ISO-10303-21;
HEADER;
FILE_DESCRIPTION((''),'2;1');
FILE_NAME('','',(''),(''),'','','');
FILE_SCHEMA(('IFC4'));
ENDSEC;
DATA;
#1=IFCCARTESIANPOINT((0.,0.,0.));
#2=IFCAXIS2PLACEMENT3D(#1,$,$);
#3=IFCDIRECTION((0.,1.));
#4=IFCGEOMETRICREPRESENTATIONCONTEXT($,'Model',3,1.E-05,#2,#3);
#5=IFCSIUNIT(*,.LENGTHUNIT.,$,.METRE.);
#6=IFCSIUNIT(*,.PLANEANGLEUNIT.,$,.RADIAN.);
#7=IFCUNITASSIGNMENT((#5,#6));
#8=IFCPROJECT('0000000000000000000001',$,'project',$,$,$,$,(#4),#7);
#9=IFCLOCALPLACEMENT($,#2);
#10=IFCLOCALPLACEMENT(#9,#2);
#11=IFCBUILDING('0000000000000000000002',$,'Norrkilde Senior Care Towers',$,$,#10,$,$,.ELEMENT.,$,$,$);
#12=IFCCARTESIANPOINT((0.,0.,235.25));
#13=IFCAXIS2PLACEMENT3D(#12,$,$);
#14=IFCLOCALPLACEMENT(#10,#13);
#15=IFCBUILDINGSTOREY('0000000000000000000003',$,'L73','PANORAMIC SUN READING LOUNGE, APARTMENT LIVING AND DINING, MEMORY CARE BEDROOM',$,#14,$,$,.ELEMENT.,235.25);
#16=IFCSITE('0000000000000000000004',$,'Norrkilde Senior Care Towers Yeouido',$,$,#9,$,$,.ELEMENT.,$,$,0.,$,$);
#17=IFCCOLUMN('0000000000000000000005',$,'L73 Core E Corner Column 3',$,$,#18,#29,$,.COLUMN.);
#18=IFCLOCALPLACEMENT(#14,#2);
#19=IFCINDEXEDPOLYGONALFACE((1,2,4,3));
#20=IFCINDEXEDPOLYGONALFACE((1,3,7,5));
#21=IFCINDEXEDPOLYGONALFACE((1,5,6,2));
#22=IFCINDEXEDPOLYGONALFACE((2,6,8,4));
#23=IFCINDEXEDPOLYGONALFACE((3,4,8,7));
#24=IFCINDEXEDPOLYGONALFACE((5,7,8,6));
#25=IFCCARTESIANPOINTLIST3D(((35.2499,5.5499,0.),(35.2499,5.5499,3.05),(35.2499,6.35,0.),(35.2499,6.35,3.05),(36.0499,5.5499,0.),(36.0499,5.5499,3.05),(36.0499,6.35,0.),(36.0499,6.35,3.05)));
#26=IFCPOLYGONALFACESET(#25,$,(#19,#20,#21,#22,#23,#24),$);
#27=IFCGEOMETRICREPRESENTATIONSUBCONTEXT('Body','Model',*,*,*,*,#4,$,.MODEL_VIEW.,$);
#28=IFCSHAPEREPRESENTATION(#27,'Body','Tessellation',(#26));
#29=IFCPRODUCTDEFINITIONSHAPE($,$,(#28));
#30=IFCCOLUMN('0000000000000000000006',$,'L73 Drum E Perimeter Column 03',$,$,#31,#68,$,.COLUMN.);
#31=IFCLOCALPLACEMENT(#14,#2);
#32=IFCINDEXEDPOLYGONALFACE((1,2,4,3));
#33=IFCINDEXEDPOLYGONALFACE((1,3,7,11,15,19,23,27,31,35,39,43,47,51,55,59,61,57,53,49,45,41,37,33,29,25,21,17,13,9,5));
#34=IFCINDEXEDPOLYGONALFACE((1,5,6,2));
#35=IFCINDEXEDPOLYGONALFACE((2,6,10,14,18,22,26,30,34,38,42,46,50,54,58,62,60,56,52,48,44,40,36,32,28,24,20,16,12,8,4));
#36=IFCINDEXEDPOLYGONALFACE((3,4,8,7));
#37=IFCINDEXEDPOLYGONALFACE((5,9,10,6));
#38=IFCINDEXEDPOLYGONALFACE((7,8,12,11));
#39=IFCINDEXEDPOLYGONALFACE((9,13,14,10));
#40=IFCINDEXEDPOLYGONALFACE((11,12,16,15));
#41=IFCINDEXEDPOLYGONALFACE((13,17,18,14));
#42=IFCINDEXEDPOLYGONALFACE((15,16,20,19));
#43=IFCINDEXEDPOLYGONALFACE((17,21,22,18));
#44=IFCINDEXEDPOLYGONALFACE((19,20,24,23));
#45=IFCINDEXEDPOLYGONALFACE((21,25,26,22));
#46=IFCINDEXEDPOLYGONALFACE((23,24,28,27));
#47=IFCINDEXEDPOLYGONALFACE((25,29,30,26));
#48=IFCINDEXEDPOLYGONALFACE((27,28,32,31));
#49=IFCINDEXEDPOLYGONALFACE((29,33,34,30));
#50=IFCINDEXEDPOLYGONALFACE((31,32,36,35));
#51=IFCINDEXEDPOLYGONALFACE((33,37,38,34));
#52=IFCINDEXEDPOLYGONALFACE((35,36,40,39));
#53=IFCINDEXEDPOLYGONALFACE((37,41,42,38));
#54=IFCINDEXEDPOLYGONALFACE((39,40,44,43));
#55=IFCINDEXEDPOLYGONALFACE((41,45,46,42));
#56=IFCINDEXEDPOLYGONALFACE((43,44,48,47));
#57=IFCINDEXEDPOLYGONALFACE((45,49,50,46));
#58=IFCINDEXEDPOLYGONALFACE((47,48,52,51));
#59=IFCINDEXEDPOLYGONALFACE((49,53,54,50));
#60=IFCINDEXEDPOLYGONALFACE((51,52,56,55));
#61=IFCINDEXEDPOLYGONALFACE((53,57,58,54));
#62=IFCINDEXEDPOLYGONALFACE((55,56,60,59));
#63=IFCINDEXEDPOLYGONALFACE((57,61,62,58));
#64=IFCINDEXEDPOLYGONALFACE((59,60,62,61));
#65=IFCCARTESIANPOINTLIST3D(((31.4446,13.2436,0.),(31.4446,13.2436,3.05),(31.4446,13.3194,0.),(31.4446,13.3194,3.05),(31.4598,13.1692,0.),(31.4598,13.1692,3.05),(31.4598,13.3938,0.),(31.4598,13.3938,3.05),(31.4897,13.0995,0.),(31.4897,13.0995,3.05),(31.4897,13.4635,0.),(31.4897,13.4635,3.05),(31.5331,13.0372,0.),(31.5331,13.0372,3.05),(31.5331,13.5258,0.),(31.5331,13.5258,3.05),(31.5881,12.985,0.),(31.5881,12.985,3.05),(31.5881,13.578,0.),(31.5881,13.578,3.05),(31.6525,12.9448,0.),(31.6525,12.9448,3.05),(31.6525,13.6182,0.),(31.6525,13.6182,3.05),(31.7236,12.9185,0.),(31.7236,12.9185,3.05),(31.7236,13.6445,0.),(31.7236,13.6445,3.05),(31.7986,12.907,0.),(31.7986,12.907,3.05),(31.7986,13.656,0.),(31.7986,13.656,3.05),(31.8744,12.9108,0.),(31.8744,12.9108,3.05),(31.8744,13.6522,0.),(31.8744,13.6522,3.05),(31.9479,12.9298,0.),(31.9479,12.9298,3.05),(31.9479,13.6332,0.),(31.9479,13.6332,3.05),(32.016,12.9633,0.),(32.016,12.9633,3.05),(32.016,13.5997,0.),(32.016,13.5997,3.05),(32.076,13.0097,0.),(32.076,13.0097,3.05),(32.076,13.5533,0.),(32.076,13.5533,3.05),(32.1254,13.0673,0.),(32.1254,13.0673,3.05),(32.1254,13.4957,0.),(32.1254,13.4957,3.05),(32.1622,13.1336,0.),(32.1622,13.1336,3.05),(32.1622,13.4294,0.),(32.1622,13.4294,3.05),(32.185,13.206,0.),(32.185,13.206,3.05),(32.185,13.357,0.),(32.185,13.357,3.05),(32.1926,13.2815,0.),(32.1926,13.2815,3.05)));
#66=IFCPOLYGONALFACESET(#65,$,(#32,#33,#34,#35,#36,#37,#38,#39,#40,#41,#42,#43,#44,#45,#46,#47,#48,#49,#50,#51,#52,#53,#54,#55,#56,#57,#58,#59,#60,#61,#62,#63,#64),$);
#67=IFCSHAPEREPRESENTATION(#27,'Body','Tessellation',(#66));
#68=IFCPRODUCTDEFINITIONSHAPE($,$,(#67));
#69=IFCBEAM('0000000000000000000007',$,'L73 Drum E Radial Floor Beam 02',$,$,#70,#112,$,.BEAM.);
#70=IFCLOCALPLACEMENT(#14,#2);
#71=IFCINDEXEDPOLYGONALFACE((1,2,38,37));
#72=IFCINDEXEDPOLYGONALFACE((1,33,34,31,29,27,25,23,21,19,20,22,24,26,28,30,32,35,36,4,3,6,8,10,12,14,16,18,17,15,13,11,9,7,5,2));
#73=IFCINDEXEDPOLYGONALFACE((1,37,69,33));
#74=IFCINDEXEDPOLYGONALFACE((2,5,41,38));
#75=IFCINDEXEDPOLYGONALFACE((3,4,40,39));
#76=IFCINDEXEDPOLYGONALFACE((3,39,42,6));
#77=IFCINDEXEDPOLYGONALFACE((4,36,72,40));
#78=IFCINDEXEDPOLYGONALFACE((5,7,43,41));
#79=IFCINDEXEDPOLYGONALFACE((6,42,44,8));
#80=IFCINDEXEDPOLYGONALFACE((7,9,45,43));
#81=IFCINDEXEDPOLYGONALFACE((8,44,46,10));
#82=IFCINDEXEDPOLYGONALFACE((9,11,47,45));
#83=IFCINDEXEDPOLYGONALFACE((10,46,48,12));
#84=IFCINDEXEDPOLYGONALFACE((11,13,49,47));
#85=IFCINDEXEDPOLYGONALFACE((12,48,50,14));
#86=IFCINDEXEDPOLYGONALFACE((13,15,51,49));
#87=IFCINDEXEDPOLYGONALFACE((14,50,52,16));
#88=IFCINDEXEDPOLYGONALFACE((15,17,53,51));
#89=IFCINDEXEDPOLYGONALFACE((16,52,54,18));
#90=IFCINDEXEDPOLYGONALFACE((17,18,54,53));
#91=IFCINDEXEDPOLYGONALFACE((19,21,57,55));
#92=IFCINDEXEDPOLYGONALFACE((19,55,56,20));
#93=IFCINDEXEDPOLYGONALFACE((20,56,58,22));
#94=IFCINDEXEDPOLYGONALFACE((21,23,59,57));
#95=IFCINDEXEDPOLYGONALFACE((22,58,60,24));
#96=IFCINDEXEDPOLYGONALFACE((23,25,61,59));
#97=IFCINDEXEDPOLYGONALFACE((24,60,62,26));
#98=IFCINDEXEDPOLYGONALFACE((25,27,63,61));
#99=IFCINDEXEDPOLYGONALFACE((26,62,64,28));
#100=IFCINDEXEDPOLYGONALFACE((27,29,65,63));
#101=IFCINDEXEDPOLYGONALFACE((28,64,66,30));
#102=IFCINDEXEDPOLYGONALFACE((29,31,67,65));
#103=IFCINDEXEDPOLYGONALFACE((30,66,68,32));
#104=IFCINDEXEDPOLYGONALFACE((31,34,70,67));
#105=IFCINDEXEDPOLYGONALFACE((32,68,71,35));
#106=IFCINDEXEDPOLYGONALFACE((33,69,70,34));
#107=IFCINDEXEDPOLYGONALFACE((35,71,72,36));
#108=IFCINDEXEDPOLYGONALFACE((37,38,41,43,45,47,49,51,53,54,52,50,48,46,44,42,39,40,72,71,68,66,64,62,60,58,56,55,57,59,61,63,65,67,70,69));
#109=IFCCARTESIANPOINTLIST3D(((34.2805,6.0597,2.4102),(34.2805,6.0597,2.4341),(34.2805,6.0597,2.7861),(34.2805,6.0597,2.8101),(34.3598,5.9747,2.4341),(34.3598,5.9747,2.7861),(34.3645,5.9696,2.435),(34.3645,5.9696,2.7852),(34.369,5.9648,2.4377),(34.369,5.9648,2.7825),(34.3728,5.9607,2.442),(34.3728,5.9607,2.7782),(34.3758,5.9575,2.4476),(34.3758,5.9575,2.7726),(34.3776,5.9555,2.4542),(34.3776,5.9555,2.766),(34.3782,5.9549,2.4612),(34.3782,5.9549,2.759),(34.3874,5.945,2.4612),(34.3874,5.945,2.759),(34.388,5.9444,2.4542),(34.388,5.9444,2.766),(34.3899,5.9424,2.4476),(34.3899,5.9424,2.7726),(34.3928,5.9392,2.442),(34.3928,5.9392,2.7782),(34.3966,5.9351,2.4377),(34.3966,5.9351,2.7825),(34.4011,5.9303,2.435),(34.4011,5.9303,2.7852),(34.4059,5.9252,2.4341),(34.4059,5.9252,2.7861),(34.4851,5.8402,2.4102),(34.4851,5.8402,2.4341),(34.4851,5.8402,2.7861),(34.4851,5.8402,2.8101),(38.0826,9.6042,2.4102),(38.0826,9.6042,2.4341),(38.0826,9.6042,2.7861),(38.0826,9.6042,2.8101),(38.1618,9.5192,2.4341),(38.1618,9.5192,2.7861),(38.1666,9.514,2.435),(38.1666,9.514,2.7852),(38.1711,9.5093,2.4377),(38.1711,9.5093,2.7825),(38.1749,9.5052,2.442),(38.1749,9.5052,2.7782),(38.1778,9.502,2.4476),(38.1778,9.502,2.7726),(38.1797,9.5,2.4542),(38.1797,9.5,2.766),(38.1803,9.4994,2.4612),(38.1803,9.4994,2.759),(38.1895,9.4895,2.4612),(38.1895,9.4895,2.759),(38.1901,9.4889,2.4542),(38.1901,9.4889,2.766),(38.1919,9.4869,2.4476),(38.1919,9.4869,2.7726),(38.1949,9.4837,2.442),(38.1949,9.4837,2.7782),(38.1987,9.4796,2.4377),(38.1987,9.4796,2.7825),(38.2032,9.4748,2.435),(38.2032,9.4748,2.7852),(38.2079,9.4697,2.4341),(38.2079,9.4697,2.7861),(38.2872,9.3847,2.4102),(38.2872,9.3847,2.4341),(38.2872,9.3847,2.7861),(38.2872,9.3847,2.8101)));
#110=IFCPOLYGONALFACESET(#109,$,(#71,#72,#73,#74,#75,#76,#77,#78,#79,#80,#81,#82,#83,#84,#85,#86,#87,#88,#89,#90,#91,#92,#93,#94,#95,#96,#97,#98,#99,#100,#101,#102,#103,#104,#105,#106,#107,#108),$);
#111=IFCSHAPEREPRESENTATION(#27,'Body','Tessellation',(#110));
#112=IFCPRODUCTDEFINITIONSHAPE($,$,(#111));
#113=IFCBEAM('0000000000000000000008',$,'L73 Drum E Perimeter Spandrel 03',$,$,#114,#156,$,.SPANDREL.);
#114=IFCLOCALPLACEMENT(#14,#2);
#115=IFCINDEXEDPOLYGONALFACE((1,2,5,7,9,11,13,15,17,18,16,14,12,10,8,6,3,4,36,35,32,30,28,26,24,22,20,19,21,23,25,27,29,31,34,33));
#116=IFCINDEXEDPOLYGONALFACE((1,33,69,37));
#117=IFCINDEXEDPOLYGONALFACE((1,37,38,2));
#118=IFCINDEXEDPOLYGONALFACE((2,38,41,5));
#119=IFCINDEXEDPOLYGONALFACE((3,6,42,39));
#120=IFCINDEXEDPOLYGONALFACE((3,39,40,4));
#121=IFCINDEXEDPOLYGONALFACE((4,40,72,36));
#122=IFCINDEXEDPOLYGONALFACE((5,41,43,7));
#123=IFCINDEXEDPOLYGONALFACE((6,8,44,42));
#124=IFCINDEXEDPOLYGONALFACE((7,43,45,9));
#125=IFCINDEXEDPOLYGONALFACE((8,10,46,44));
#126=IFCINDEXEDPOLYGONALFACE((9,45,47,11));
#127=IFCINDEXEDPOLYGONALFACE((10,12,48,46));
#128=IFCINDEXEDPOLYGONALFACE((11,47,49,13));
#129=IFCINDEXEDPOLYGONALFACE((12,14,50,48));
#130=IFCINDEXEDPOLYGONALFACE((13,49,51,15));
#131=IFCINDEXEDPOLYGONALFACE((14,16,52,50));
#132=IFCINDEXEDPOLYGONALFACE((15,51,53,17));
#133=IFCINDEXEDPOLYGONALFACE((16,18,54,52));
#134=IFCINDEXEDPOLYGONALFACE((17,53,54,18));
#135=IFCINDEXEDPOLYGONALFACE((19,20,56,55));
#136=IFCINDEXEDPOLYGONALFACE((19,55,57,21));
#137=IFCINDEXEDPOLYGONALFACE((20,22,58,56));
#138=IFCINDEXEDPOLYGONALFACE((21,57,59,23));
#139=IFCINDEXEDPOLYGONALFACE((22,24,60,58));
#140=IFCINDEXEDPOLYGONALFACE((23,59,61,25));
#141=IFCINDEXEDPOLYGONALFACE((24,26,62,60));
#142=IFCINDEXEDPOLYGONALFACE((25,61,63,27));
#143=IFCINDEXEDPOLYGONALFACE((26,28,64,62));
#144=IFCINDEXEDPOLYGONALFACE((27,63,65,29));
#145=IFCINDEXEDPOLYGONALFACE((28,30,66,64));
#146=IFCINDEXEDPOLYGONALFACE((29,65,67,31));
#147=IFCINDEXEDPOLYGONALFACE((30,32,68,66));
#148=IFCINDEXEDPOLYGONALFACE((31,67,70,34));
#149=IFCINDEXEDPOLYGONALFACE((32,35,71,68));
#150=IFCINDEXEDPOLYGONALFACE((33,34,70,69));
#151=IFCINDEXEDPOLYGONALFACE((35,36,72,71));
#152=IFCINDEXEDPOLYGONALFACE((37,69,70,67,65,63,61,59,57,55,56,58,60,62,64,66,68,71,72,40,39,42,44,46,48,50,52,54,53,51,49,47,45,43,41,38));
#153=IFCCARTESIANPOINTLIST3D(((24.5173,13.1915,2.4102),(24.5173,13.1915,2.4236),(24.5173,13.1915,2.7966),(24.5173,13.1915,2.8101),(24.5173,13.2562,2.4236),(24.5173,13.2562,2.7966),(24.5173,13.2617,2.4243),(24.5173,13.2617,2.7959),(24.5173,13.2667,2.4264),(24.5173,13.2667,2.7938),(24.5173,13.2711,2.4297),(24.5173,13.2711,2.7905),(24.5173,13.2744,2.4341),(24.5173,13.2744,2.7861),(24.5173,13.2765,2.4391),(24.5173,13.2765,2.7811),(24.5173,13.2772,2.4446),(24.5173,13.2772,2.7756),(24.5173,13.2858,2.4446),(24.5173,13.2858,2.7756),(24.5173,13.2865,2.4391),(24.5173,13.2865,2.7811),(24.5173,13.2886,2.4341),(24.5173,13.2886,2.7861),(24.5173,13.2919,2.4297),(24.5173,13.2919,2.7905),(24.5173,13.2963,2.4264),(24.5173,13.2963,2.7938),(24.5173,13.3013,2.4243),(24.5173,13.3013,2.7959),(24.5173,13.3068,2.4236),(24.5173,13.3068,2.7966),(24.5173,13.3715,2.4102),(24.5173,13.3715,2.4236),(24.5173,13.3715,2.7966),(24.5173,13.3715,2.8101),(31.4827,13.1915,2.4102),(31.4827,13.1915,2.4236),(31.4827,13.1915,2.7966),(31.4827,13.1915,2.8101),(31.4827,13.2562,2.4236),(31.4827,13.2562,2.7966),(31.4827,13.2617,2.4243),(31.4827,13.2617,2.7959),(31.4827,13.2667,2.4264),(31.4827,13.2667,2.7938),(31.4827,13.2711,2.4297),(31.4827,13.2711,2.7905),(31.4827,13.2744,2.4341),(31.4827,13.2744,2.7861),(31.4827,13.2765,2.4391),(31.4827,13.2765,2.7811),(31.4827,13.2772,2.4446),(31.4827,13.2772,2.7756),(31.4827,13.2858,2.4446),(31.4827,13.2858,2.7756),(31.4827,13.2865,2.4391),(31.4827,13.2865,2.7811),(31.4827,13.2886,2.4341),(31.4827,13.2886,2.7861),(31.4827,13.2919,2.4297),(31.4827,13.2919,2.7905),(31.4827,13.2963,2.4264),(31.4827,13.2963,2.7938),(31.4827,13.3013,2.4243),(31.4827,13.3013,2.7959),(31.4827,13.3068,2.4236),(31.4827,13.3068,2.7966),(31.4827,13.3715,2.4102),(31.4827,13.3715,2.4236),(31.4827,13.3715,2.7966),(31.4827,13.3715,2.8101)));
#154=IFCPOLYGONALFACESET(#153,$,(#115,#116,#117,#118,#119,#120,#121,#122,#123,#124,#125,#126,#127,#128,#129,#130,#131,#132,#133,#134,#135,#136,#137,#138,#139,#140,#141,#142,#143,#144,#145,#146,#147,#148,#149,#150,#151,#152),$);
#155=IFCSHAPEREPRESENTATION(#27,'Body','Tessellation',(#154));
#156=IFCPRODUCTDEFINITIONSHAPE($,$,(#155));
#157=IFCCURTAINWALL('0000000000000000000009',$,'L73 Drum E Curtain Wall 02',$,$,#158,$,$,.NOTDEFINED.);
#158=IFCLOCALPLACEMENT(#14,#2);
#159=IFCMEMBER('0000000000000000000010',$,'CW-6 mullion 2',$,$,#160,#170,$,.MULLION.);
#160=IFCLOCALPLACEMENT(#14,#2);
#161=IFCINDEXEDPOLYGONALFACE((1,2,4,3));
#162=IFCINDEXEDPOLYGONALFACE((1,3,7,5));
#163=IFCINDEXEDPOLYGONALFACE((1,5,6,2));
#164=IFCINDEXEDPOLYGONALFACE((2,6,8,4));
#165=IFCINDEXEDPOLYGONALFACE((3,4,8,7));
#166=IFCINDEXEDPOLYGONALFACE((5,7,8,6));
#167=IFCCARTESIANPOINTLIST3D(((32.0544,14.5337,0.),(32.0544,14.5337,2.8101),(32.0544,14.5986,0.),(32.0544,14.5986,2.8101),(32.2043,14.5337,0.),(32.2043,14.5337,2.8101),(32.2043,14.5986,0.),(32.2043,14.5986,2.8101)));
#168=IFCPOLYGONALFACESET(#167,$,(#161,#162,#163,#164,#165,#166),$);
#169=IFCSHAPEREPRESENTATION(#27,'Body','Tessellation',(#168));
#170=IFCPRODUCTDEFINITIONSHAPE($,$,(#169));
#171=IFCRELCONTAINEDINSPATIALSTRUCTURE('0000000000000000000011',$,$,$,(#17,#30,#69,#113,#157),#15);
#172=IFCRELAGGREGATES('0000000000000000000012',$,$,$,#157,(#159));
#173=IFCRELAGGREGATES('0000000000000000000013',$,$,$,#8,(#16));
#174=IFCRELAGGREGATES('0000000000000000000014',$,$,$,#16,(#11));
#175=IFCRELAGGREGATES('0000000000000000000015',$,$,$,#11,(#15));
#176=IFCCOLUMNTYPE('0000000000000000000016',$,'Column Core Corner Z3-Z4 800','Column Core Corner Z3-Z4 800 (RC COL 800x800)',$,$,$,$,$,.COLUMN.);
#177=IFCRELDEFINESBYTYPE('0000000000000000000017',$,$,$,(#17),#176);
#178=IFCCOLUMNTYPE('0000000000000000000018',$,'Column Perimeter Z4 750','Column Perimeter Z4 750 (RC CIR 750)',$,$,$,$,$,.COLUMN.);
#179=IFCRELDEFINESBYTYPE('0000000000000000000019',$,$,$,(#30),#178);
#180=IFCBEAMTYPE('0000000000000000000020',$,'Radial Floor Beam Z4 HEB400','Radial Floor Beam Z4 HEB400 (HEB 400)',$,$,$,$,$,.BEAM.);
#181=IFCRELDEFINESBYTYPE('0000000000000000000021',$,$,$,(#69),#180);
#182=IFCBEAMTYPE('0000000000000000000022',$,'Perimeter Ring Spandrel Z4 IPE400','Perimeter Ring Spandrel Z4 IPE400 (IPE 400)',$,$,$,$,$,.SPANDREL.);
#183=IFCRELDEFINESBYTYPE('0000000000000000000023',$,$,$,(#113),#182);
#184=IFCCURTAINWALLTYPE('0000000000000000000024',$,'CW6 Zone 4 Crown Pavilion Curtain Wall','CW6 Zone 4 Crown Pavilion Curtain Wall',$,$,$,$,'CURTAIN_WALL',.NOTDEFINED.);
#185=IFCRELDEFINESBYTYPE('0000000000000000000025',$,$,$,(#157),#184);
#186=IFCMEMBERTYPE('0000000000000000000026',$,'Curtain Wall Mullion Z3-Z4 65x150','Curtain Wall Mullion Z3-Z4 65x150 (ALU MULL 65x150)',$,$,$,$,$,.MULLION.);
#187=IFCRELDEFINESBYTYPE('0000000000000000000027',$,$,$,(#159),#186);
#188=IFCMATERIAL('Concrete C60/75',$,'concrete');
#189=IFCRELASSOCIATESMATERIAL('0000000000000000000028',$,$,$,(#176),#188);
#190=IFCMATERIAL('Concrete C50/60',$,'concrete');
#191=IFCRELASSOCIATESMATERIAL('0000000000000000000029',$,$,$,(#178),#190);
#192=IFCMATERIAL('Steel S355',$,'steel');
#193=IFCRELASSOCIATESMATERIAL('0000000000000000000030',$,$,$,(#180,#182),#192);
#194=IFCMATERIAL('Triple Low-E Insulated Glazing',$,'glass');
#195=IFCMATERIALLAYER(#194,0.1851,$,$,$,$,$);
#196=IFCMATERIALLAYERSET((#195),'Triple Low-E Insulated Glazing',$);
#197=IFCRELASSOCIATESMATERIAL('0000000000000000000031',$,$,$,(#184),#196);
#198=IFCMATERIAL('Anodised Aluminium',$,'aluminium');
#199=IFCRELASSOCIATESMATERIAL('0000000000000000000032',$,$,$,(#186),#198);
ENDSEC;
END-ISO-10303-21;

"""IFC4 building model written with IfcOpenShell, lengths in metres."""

from ifc_helpers import new_model, si_unit, direction, frame, origin, origin_2d, place, context, subcontext, project, spatial, rectangle, circle, i_section, extrude, source, transform, mapped, material, layer, layer_set, material_profile, profile_set, type_object, type_shapes, element, aggregate, save


model = new_model("IFC4")

# Units and contexts
model_context = context("Model", 3, precision=1e-05, world=origin(), true_north=direction((0.0, 1.0)))
body_context = subcontext(model_context, "Body", "Model", "MODEL_VIEW")
ifc_project = project(units=[si_unit("LENGTHUNIT", "METRE"), si_unit("PLANEANGLEUNIT", "RADIAN")], contexts=[model_context])

# Site, building, storey
site_placement = place(None, origin())
site = spatial("IfcSite", under=ifc_project, at=site_placement, Name="Norrkilde Senior Care Towers Yeouido", CompositionType="ELEMENT", RefElevation=0.0)
building_placement = place(site_placement, origin())
building = spatial("IfcBuilding", under=site, at=building_placement, Name="Norrkilde Senior Care Towers", CompositionType="ELEMENT")
storey_placement = place(building_placement, frame((0.0, 0.0, 235.25)))
storey = spatial("IfcBuildingStorey", under=building, at=storey_placement, Name="L73", Description="PANORAMIC SUN READING LOUNGE, APARTMENT LIVING AND DINING, MEMORY CARE BEDROOM", CompositionType="ELEMENT", Elevation=235.25)

# Columns
ifc_material_1 = material(Name="Concrete C60/75", Category="concrete")
ifc_material_profile_1 = material_profile(ifc_material_1, rectangle(XDim=0.8, YDim=0.8, at=origin_2d()), Name="RC COL 800x800")
ifc_profile_set_1 = profile_set([ifc_material_profile_1], Name="Concrete C60/75")
column_type_1 = type_object("IfcColumnType", Name="Column Core Corner Z3-Z4 800", Description="Column Core Corner Z3-Z4 800 (RC COL 800x800)", PredefinedType="COLUMN", material=ifc_profile_set_1)
shared_shape_1 = source(origin(), body_context, "Body", "SweptSolid", [
    extrude(rectangle(XDim=0.8, YDim=0.8, at=origin_2d()), origin(), (0.0, 0.0, 1.0), 3.05),
])
type_shapes(column_type_1, [shared_shape_1])
column_1_placement = place(storey_placement, frame((35.6499, 5.95, 0.0), z_axis=(0.0, 0.0, 1.0), x_axis=(1.0, 0.0, 0.0)))
element("IfcColumn", 1, at=column_1_placement, inside=storey, type_object=column_type_1, Name="L73 Core E Corner Column 3", PredefinedType="COLUMN", context=body_context, shape_type="MappedRepresentation", body=[
    mapped(shared_shape_1, transform((0.0, 0.0, 0.0), x_axis=(1.0, 0.0, 0.0), y_axis=(0.0, 1.0, 0.0), z_axis=(0.0, 0.0, 1.0), scale=1.0)),
])
ifc_material_2 = material(Name="Concrete C50/60", Category="concrete")
ifc_material_profile_2 = material_profile(ifc_material_2, circle(Radius=0.375, at=origin_2d()), Name="RC CIR 750")
ifc_profile_set_2 = profile_set([ifc_material_profile_2], Name="Concrete C50/60")
column_type_2 = type_object("IfcColumnType", Name="Column Perimeter Z4 750", Description="Column Perimeter Z4 750 (RC CIR 750)", PredefinedType="COLUMN", material=ifc_profile_set_2)
shared_shape_2 = source(origin(), body_context, "Body", "SweptSolid", [
    extrude(circle(Radius=0.375, at=origin_2d()), origin(), (0.0, 0.0, 1.0), 3.05),
])
type_shapes(column_type_2, [shared_shape_2])
column_2_placement = place(storey_placement, frame((31.8176, 13.2815, 0.0), z_axis=(0.0, 0.0, 1.0), x_axis=(1.0, 0.0, 0.0)))
element("IfcColumn", 2, at=column_2_placement, inside=storey, type_object=column_type_2, Name="L73 Drum E Perimeter Column 03", PredefinedType="COLUMN", context=body_context, shape_type="MappedRepresentation", body=[
    mapped(shared_shape_2, transform((0.0, 0.0, 0.0), x_axis=(1.0, 0.0, 0.0), y_axis=(0.0, 1.0, 0.0), z_axis=(0.0, 0.0, 1.0), scale=1.0)),
])

# Beams
ifc_material_3 = material(Name="Steel S355", Category="steel")
ifc_material_profile_3 = material_profile(ifc_material_3, i_section(OverallWidth=0.3, OverallDepth=0.3999, WebThickness=0.0134, FlangeThickness=0.0239, FilletRadius=0.0271, at=origin_2d()), Name="HEB 400")
ifc_profile_set_3 = profile_set([ifc_material_profile_3], Name="Steel S355")
beam_type_1 = type_object("IfcBeamType", Name="Radial Floor Beam Z4 HEB400", Description="Radial Floor Beam Z4 HEB400 (HEB 400)", PredefinedType="BEAM", material=ifc_profile_set_3)
shared_shape_3 = source(origin(), body_context, "Body", "SweptSolid", [
    extrude(i_section(OverallWidth=0.3, OverallDepth=0.3999, WebThickness=0.0134, FlangeThickness=0.0239, FilletRadius=0.0271, at=origin_2d()), origin(), (0.0, 0.0, 1.0), 5.198),
])
type_shapes(beam_type_1, [shared_shape_3])
beam_1_placement = place(storey_placement, frame((34.3828, 5.95, 2.6101), z_axis=(0.731449, 0.681896, 0.0), x_axis=(-0.681896, 0.731449, 0.0)))
element("IfcBeam", 3, at=beam_1_placement, inside=storey, type_object=beam_type_1, Name="L73 Drum E Radial Floor Beam 02", PredefinedType="BEAM", context=body_context, shape_type="MappedRepresentation", body=[
    mapped(shared_shape_3, transform((0.0, 0.0, 0.0), x_axis=(1.0, 0.0, 0.0), y_axis=(0.0, 1.0, 0.0), z_axis=(0.0, 0.0, 1.0), scale=1.0)),
])
ifc_material_profile_4 = material_profile(ifc_material_3, i_section(OverallWidth=0.1799, OverallDepth=0.3999, WebThickness=0.0085, FlangeThickness=0.0134, FilletRadius=0.021, at=origin_2d()), Name="IPE 400")
ifc_profile_set_4 = profile_set([ifc_material_profile_4], Name="Steel S355")
beam_type_2 = type_object("IfcBeamType", Name="Perimeter Ring Spandrel Z4 IPE400", Description="Perimeter Ring Spandrel Z4 IPE400 (IPE 400)", PredefinedType="SPANDREL", material=ifc_profile_set_4)
shared_shape_4 = source(origin(), body_context, "Body", "SweptSolid", [
    extrude(i_section(OverallWidth=0.1799, OverallDepth=0.3999, WebThickness=0.0085, FlangeThickness=0.0134, FilletRadius=0.021, at=origin_2d()), origin(), (0.0, 0.0, 1.0), 6.9653),
])
type_shapes(beam_type_2, [shared_shape_4])
beam_2_placement = place(storey_placement, frame((31.4827, 13.2815, 2.6101), z_axis=(-1.0, 0.0, 0.0), x_axis=(0.0, -1.0, 0.0)))
element("IfcBeam", 4, at=beam_2_placement, inside=storey, type_object=beam_type_2, Name="L73 Drum E Perimeter Spandrel 03", PredefinedType="SPANDREL", context=body_context, shape_type="MappedRepresentation", body=[
    mapped(shared_shape_4, transform((0.0, 0.0, 0.0), x_axis=(1.0, 0.0, 0.0), y_axis=(0.0, 1.0, 0.0), z_axis=(0.0, 0.0, 1.0), scale=1.0)),
])

# Curtain wall, member
ifc_material_4 = material(Name="Triple Low-E Insulated Glazing", Category="glass")
ifc_layer_1 = layer(ifc_material_4, 0.1851)
ifc_layer_set_1 = layer_set([ifc_layer_1], Name="Triple Low-E Insulated Glazing")
curtain_wall_type = type_object("IfcCurtainWallType", Name="CW6 Zone 4 Crown Pavilion Curtain Wall", Description="CW6 Zone 4 Crown Pavilion Curtain Wall", ElementType="CURTAIN_WALL", PredefinedType="NOTDEFINED", material=ifc_layer_set_1)
curtain_wall_placement = place(storey_placement, origin())
curtain_wall = element("IfcCurtainWall", 5, at=curtain_wall_placement, inside=storey, type_object=curtain_wall_type, Name="L73 Drum E Curtain Wall 02", PredefinedType="NOTDEFINED")
ifc_material_5 = material(Name="Anodised Aluminium", Category="aluminium")
ifc_material_profile_5 = material_profile(ifc_material_5, rectangle(XDim=0.0649, YDim=0.1499, at=origin_2d()), Name="ALU MULL 65x150")
ifc_profile_set_5 = profile_set([ifc_material_profile_5], Name="Anodised Aluminium")
member_type = type_object("IfcMemberType", Name="Curtain Wall Mullion Z3-Z4 65x150", Description="Curtain Wall Mullion Z3-Z4 65x150 (ALU MULL 65x150)", PredefinedType="MULLION", material=ifc_profile_set_5)
shared_shape_5 = source(origin(), body_context, "Body", "SweptSolid", [
    extrude(rectangle(XDim=0.0649, YDim=0.1499, at=origin_2d()), origin(), (0.0, 0.0, 1.0), 2.8101),
])
type_shapes(member_type, [shared_shape_5])
member_placement = place(storey_placement, frame((32.1294, 14.5662, 0.0), z_axis=(0.0, 0.0, 1.0), x_axis=(0.0, 1.0, 0.0)))
member = element("IfcMember", 6, at=member_placement, type_object=member_type, Name="CW-6 mullion 2", PredefinedType="MULLION", context=body_context, shape_type="MappedRepresentation", body=[
    mapped(shared_shape_5, transform((0.0, 0.0, 0.0), x_axis=(1.0, 0.0, 0.0), y_axis=(0.0, 1.0, 0.0), z_axis=(0.0, 0.0, 1.0), scale=1.0)),
])
aggregate(curtain_wall, [member])

save(model, "model.ifc")
